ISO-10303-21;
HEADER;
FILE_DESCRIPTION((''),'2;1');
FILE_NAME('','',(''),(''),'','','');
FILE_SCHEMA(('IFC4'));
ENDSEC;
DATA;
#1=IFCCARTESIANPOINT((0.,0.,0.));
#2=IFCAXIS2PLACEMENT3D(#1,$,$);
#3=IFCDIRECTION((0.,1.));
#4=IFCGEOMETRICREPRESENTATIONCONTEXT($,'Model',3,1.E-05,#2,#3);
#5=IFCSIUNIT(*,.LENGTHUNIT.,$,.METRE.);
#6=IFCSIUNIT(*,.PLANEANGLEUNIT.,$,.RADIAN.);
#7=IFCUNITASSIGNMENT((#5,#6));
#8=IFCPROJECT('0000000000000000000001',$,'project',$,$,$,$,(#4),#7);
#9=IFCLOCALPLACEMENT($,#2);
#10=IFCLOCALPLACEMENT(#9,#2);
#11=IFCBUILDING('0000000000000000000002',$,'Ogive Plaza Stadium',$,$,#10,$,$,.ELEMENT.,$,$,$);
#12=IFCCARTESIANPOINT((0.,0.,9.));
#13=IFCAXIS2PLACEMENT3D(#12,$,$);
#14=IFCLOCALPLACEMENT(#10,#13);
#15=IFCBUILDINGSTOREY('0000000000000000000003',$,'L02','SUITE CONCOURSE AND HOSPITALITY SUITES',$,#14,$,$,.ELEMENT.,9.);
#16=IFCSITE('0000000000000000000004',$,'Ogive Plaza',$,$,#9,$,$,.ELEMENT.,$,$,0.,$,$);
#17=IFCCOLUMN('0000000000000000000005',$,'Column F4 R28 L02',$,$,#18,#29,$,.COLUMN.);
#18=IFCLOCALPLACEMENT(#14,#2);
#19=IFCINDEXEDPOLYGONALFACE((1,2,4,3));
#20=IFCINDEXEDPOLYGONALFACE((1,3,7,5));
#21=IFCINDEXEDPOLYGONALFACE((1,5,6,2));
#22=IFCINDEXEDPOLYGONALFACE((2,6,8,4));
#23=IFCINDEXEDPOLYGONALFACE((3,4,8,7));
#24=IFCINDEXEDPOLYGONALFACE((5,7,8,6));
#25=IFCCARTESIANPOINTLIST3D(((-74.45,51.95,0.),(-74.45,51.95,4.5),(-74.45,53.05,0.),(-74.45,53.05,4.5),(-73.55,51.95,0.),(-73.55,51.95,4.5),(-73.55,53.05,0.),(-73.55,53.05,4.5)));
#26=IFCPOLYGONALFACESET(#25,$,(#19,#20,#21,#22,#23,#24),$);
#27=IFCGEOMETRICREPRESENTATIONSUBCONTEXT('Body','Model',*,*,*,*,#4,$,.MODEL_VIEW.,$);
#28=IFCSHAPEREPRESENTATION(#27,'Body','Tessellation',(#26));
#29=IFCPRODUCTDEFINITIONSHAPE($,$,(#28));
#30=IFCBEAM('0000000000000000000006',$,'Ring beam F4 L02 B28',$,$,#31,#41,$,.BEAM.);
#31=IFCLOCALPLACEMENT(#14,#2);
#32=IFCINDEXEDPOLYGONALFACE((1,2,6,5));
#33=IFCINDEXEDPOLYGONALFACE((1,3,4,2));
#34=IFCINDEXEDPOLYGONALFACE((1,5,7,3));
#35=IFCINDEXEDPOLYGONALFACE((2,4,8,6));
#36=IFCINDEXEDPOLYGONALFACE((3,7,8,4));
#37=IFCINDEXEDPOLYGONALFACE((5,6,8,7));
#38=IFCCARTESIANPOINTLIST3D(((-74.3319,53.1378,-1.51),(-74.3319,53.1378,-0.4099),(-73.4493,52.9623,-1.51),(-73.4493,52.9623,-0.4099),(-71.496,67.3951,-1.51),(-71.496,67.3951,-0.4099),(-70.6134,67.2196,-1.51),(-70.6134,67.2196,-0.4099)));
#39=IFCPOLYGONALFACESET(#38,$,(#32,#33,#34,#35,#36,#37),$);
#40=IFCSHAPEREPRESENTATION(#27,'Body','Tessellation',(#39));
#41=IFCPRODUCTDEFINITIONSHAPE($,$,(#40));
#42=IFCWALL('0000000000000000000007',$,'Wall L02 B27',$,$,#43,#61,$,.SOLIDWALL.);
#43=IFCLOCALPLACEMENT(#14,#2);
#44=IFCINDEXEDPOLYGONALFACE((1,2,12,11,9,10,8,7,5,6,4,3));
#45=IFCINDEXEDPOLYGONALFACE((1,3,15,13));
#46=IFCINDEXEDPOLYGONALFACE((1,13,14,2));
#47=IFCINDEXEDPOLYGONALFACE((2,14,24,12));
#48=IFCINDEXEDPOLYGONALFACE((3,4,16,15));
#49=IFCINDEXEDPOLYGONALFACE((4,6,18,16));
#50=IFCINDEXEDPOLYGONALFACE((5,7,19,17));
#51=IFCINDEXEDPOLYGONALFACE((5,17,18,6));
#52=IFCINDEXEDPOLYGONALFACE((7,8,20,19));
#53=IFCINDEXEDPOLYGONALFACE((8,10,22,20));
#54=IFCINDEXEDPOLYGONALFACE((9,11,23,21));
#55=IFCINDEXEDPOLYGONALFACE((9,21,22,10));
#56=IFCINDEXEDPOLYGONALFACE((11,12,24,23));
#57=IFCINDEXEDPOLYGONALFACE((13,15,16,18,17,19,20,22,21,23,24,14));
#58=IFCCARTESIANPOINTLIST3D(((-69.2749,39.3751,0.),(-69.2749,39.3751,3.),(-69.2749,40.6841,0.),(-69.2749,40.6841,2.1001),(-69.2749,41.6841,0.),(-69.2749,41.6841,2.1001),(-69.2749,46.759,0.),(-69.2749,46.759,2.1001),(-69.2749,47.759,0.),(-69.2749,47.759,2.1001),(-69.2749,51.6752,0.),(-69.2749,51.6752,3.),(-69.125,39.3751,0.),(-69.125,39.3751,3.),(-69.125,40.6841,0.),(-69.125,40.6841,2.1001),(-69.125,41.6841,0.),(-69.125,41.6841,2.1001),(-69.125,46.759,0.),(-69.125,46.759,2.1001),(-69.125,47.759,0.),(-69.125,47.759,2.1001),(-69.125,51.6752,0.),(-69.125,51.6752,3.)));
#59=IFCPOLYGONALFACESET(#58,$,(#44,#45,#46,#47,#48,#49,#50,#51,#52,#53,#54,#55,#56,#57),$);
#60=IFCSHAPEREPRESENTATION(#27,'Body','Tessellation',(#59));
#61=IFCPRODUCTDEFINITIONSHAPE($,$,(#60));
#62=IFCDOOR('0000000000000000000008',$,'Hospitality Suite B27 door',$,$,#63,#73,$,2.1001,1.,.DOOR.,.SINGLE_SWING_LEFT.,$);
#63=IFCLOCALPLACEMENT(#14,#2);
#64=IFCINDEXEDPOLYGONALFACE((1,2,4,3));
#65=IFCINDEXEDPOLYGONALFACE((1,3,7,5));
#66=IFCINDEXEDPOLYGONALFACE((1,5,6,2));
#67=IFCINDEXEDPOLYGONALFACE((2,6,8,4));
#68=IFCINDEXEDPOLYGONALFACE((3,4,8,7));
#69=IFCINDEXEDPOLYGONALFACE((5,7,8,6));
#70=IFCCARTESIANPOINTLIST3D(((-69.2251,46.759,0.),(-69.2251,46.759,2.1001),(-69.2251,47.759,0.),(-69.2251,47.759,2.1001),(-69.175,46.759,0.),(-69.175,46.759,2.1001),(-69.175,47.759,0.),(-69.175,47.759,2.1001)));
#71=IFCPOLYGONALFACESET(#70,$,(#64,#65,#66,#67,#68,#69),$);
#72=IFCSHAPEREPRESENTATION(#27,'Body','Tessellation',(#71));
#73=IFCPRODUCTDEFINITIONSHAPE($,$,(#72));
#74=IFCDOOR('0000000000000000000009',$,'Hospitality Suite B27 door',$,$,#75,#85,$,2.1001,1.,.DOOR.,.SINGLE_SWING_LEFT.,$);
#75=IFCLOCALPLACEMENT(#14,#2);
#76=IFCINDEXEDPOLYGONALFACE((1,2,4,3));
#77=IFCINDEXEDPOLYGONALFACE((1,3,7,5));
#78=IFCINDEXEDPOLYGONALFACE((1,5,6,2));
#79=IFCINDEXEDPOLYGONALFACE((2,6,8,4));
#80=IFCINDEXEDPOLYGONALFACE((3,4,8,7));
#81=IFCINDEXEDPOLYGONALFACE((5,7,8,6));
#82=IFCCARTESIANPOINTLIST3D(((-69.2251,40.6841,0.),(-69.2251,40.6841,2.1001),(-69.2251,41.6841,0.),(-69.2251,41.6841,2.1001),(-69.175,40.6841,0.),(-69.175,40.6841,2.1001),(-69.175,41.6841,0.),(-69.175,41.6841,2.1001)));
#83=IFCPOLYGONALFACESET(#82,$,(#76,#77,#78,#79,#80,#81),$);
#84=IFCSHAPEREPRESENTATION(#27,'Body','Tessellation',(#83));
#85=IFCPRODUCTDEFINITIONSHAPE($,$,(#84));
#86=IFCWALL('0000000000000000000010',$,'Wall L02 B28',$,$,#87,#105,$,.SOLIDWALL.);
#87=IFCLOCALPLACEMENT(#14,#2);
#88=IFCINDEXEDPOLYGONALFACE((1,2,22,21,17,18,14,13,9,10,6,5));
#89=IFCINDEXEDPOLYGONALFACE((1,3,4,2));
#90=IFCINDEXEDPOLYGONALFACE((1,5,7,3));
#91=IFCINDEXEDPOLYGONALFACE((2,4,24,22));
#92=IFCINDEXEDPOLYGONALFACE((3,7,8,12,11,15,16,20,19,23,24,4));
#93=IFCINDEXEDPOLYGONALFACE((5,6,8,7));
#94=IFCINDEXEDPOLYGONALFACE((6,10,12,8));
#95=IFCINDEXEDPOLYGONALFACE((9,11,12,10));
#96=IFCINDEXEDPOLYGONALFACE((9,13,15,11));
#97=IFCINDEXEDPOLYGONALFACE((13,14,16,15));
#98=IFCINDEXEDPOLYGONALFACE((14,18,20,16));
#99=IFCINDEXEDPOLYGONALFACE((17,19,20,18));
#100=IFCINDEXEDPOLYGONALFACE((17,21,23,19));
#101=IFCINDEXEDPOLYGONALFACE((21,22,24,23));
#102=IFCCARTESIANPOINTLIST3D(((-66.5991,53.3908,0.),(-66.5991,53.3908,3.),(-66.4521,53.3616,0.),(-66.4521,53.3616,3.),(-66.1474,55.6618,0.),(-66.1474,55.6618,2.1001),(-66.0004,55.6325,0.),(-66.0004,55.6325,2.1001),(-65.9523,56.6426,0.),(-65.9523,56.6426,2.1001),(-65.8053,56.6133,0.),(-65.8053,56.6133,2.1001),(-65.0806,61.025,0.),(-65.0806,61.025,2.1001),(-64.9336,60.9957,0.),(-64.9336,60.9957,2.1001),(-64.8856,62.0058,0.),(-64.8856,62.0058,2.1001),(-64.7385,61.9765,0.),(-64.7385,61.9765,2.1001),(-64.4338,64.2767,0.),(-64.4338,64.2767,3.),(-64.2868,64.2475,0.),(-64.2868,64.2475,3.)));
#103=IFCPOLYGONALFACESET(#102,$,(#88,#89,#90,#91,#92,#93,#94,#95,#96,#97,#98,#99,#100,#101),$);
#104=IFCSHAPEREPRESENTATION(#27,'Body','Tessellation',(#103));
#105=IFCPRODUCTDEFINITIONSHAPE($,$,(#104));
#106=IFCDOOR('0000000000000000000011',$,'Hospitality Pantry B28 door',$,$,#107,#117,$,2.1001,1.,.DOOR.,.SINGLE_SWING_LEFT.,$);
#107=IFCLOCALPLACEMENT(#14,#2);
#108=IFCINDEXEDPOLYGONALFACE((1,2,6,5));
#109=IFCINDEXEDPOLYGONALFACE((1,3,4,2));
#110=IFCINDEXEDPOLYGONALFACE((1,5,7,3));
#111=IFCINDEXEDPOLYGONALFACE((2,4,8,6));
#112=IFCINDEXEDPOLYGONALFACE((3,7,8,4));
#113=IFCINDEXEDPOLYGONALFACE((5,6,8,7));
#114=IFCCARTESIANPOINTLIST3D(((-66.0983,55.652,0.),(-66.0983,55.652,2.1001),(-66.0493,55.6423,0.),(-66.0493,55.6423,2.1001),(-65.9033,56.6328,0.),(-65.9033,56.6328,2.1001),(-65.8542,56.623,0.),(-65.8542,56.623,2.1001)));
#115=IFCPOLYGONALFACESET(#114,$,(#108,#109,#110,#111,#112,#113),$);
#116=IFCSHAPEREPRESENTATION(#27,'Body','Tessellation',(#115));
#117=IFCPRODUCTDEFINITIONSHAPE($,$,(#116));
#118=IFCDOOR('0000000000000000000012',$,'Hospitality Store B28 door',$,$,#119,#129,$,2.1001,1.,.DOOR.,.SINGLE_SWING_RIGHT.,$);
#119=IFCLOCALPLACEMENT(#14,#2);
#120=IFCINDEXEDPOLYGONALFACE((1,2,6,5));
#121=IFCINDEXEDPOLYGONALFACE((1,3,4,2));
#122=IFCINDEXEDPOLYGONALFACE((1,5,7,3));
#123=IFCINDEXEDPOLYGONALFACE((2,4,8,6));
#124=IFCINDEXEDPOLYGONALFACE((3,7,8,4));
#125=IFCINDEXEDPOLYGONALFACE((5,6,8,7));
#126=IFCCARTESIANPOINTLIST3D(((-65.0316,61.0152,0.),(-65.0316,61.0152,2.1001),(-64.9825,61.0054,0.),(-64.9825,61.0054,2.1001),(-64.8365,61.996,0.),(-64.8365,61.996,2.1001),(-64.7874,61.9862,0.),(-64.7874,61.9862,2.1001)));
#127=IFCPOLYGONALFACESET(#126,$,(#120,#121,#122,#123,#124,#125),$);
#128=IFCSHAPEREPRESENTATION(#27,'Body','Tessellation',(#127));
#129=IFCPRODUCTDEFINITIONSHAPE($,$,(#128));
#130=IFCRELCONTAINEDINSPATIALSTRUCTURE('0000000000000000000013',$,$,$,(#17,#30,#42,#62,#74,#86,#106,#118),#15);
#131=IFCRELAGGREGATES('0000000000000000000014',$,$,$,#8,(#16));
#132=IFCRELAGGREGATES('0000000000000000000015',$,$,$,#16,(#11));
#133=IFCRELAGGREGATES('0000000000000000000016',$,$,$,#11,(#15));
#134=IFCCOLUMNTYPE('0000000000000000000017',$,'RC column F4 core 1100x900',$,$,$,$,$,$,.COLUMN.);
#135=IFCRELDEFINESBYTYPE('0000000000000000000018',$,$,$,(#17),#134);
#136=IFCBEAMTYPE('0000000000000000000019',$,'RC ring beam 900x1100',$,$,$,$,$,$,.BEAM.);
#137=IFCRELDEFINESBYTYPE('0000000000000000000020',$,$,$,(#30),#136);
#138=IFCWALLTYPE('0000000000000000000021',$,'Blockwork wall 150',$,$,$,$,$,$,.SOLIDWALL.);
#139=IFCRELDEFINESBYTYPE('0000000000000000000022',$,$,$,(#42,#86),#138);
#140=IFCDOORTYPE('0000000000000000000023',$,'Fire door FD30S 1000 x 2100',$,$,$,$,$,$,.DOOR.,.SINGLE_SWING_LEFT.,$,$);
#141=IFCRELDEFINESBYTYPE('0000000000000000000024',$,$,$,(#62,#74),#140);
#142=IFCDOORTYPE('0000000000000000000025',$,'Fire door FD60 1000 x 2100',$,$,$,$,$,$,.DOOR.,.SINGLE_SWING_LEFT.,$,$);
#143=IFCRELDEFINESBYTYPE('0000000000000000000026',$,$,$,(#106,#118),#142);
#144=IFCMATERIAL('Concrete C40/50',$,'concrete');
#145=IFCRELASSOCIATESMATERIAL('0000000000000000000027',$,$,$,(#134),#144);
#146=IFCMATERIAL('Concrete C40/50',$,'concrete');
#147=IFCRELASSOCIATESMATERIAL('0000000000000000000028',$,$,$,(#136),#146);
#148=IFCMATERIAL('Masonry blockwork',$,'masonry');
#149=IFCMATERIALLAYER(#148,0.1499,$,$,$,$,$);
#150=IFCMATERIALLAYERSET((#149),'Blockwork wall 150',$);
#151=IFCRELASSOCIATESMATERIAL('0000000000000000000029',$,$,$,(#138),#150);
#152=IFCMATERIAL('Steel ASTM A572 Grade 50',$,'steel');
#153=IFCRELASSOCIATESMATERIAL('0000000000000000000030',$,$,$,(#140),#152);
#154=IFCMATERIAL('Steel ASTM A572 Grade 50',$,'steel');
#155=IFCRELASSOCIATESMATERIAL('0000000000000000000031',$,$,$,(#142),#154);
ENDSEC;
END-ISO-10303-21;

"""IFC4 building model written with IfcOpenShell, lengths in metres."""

from ifc_helpers import new_model, si_unit, direction, frame, frame_2d, origin, origin_2d, place, context, subcontext, project, spatial, rectangle, extrude, material, layer, layer_set, material_profile, profile_set, type_object, element, fill, save


model = new_model("IFC4")

# Units and contexts
model_context = context("Model", 3, precision=1e-05, world=origin(), true_north=direction((0.0, 1.0)))
body_context = subcontext(model_context, "Body", "Model", "MODEL_VIEW")
ifc_project = project(units=[si_unit("LENGTHUNIT", "METRE"), si_unit("PLANEANGLEUNIT", "RADIAN")], contexts=[model_context])

# Site, building, storey
site_placement = place(None, origin())
site = spatial("IfcSite", under=ifc_project, at=site_placement, Name="Ogive Plaza", CompositionType="ELEMENT", RefElevation=0.0)
building_placement = place(site_placement, origin())
building = spatial("IfcBuilding", under=site, at=building_placement, Name="Ogive Plaza Stadium", CompositionType="ELEMENT")
storey_placement = place(building_placement, frame((0.0, 0.0, 9.0)))
storey = spatial("IfcBuildingStorey", under=building, at=storey_placement, Name="L02", Description="SUITE CONCOURSE AND HOSPITALITY SUITES", CompositionType="ELEMENT", Elevation=9.0)

# Column
ifc_material_1 = material(Name="Concrete C40/50", Category="concrete")
ifc_material_profile_1 = material_profile(ifc_material_1, rectangle(XDim=1.1001, YDim=0.8999, at=origin_2d()), Name="RC 1100x900")
ifc_profile_set_1 = profile_set([ifc_material_profile_1], Name="Concrete C40/50")
column_type = type_object("IfcColumnType", Name="RC column F4 core 1100x900", PredefinedType="COLUMN", material=ifc_profile_set_1)
column_placement = place(storey_placement, frame((-74.0, 52.5, 0.0), z_axis=(0.0, 0.0, 1.0), x_axis=(0.0, -1.0, 0.0)))
element("IfcColumn", 1, at=column_placement, inside=storey, type_object=column_type, Name="Column F4 R28 L02", PredefinedType="COLUMN", context=body_context, shape_type="SweptSolid", body=[
    extrude(rectangle(XDim=1.1001, YDim=0.8999, at=origin_2d()), origin(), (0.0, 0.0, 1.0), 4.5),
])

# Beam
ifc_material_2 = material(Name="Concrete C40/50", Category="concrete")
ifc_material_profile_2 = material_profile(ifc_material_2, rectangle(XDim=0.8999, YDim=1.1001, at=origin_2d()), Name="RC 900x1100")
ifc_profile_set_2 = profile_set([ifc_material_profile_2], Name="Concrete C40/50")
beam_type = type_object("IfcBeamType", Name="RC ring beam 900x1100", PredefinedType="BEAM", material=ifc_profile_set_2)
beam_placement = place(storey_placement, frame((-73.8906, 53.05, -0.96), z_axis=(0.195089, 0.980786, 0.0), x_axis=(-0.980786, 0.195089, 0.0)))
element("IfcBeam", 2, at=beam_placement, inside=storey, type_object=beam_type, Name="Ring beam F4 L02 B28", PredefinedType="BEAM", context=body_context, shape_type="SweptSolid", body=[
    extrude(rectangle(XDim=0.8999, YDim=1.1001, at=origin_2d()), origin(), (0.0, 0.0, 1.0), 14.5366),
])

# Walls, openings, doors
ifc_material_3 = material(Name="Masonry blockwork", Category="masonry")
ifc_layer_1 = layer(ifc_material_3, 0.1499)
ifc_layer_set_1 = layer_set([ifc_layer_1], Name="Blockwork wall 150")
wall_type_1 = type_object("IfcWallType", Name="Blockwork wall 150", PredefinedType="SOLIDWALL", material=ifc_layer_set_1)
wall_1_placement = place(storey_placement, frame((-69.2, 51.675, 0.0), z_axis=(0.0, 0.0, 1.0), x_axis=(0.0, -1.0, 0.0)))
wall_1 = element("IfcWall", 3, at=wall_1_placement, inside=storey, type_object=wall_type_1, Name="Wall L02 B27", PredefinedType="SOLIDWALL", context=body_context, shape_type="SweptSolid", body=[
    extrude(rectangle(XDim=12.3, YDim=0.1499, at=frame_2d((6.1499, 0.0))), origin(), (0.0, 0.0, 1.0), 3.0),
])
opening_1_placement = place(wall_1_placement, frame((3.916, 0.0, 0.0)))
opening_1 = element("IfcOpeningElement", 4, at=opening_1_placement, cuts=wall_1, PredefinedType="OPENING", context=body_context, shape_type="SweptSolid", body=[
    extrude(rectangle(XDim=1.0, YDim=2.1001, at=frame_2d((0.5, 1.05))), frame((0.0, 0.075, 0.0), z_axis=(0.0, -1.0, 0.0), x_axis=(1.0, 0.0, 0.0)), (0.0, 0.0, 1.0), 0.1499),
])
opening_2_placement = place(wall_1_placement, frame((9.991, 0.0, 0.0)))
opening_2 = element("IfcOpeningElement", 5, at=opening_2_placement, cuts=wall_1, PredefinedType="OPENING", context=body_context, shape_type="SweptSolid", body=[
    extrude(rectangle(XDim=1.0, YDim=2.1001, at=frame_2d((0.5, 1.05))), frame((0.0, 0.075, 0.0), z_axis=(0.0, -1.0, 0.0), x_axis=(1.0, 0.0, 0.0)), (0.0, 0.0, 1.0), 0.1499),
])
ifc_material_4 = material(Name="Steel ASTM A572 Grade 50", Category="steel")
door_type_1 = type_object("IfcDoorType", Name="Fire door FD30S 1000 x 2100", OperationType="SINGLE_SWING_LEFT", PredefinedType="DOOR", material=ifc_material_4)
door_1_placement = place(opening_1_placement, origin())
door_1 = element("IfcDoor", 6, at=door_1_placement, inside=storey, type_object=door_type_1, Name="Hospitality Suite B27 door", OperationType="SINGLE_SWING_LEFT", OverallHeight=2.1001, OverallWidth=1.0, PredefinedType="DOOR", context=body_context, shape_type="SweptSolid", body=[
    extrude(rectangle(XDim=1.0, YDim=2.1001, at=frame_2d((0.5, 1.05))), frame((0.0, 0.0249, 0.0), z_axis=(0.0, -1.0, 0.0), x_axis=(1.0, 0.0, 0.0)), (0.0, 0.0, 1.0), 0.05),
])
fill(opening_1, door_1)
door_2_placement = place(opening_2_placement, origin())
door_2 = element("IfcDoor", 7, at=door_2_placement, inside=storey, type_object=door_type_1, Name="Hospitality Suite B27 door", OperationType="SINGLE_SWING_LEFT", OverallHeight=2.1001, OverallWidth=1.0, PredefinedType="DOOR", context=body_context, shape_type="SweptSolid", body=[
    extrude(rectangle(XDim=1.0, YDim=2.1001, at=frame_2d((0.5, 1.05))), frame((0.0, 0.0249, 0.0), z_axis=(0.0, -1.0, 0.0), x_axis=(1.0, 0.0, 0.0)), (0.0, 0.0, 1.0), 0.05),
])
fill(opening_2, door_2)
wall_2_placement = place(storey_placement, frame((-66.5256, 53.3762, 0.0), z_axis=(0.0, 0.0, 1.0), x_axis=(0.195088, 0.980786, 0.0)))
wall_2 = element("IfcWall", 8, at=wall_2_placement, inside=storey, type_object=wall_type_1, Name="Wall L02 B28", PredefinedType="SOLIDWALL", context=body_context, shape_type="SweptSolid", body=[
    extrude(rectangle(XDim=11.0991, YDim=0.1499, at=frame_2d((5.5496, 0.0))), origin(), (0.0, 0.0, 1.0), 3.0),
])
opening_3_placement = place(wall_2_placement, frame((2.3154, 0.0, 0.0)))
opening_3 = element("IfcOpeningElement", 9, at=opening_3_placement, cuts=wall_2, PredefinedType="OPENING", context=body_context, shape_type="SweptSolid", body=[
    extrude(rectangle(XDim=1.0, YDim=2.1001, at=frame_2d((0.5, 1.05))), frame((0.0, 0.075, 0.0), z_axis=(0.0, -1.0, 0.0), x_axis=(1.0, 0.0, 0.0)), (0.0, 0.0, 1.0), 0.1499),
])
opening_4_placement = place(wall_2_placement, frame((7.7837, 0.0, 0.0)))
opening_4 = element("IfcOpeningElement", 10, at=opening_4_placement, cuts=wall_2, PredefinedType="OPENING", context=body_context, shape_type="SweptSolid", body=[
    extrude(rectangle(XDim=1.0, YDim=2.1001, at=frame_2d((0.5, 1.05))), frame((0.0, 0.075, 0.0), z_axis=(0.0, -1.0, 0.0), x_axis=(1.0, 0.0, 0.0)), (0.0, 0.0, 1.0), 0.1499),
])
ifc_material_5 = material(Name="Steel ASTM A572 Grade 50", Category="steel")
door_type_2 = type_object("IfcDoorType", Name="Fire door FD60 1000 x 2100", OperationType="SINGLE_SWING_LEFT", PredefinedType="DOOR", material=ifc_material_5)
door_3_placement = place(opening_3_placement, origin())
door_3 = element("IfcDoor", 11, at=door_3_placement, inside=storey, type_object=door_type_2, Name="Hospitality Pantry B28 door", OperationType="SINGLE_SWING_LEFT", OverallHeight=2.1001, OverallWidth=1.0, PredefinedType="DOOR", context=body_context, shape_type="SweptSolid", body=[
    extrude(rectangle(XDim=1.0, YDim=2.1001, at=frame_2d((0.5, 1.05))), frame((0.0, 0.0249, 0.0), z_axis=(0.0, -1.0, 0.0), x_axis=(1.0, 0.0, 0.0)), (0.0, 0.0, 1.0), 0.05),
])
fill(opening_3, door_3)
door_4_placement = place(opening_4_placement, origin())
door_4 = element("IfcDoor", 12, at=door_4_placement, inside=storey, type_object=door_type_2, Name="Hospitality Store B28 door", OperationType="SINGLE_SWING_RIGHT", OverallHeight=2.1001, OverallWidth=1.0, PredefinedType="DOOR", context=body_context, shape_type="SweptSolid", body=[
    extrude(rectangle(XDim=1.0, YDim=2.1001, at=frame_2d((0.5, 1.05))), frame((0.0, 0.0249, 0.0), z_axis=(0.0, -1.0, 0.0), x_axis=(1.0, 0.0, 0.0)), (0.0, 0.0, 1.0), 0.05),
])
fill(opening_4, door_4)

save(model, "model.ifc")
